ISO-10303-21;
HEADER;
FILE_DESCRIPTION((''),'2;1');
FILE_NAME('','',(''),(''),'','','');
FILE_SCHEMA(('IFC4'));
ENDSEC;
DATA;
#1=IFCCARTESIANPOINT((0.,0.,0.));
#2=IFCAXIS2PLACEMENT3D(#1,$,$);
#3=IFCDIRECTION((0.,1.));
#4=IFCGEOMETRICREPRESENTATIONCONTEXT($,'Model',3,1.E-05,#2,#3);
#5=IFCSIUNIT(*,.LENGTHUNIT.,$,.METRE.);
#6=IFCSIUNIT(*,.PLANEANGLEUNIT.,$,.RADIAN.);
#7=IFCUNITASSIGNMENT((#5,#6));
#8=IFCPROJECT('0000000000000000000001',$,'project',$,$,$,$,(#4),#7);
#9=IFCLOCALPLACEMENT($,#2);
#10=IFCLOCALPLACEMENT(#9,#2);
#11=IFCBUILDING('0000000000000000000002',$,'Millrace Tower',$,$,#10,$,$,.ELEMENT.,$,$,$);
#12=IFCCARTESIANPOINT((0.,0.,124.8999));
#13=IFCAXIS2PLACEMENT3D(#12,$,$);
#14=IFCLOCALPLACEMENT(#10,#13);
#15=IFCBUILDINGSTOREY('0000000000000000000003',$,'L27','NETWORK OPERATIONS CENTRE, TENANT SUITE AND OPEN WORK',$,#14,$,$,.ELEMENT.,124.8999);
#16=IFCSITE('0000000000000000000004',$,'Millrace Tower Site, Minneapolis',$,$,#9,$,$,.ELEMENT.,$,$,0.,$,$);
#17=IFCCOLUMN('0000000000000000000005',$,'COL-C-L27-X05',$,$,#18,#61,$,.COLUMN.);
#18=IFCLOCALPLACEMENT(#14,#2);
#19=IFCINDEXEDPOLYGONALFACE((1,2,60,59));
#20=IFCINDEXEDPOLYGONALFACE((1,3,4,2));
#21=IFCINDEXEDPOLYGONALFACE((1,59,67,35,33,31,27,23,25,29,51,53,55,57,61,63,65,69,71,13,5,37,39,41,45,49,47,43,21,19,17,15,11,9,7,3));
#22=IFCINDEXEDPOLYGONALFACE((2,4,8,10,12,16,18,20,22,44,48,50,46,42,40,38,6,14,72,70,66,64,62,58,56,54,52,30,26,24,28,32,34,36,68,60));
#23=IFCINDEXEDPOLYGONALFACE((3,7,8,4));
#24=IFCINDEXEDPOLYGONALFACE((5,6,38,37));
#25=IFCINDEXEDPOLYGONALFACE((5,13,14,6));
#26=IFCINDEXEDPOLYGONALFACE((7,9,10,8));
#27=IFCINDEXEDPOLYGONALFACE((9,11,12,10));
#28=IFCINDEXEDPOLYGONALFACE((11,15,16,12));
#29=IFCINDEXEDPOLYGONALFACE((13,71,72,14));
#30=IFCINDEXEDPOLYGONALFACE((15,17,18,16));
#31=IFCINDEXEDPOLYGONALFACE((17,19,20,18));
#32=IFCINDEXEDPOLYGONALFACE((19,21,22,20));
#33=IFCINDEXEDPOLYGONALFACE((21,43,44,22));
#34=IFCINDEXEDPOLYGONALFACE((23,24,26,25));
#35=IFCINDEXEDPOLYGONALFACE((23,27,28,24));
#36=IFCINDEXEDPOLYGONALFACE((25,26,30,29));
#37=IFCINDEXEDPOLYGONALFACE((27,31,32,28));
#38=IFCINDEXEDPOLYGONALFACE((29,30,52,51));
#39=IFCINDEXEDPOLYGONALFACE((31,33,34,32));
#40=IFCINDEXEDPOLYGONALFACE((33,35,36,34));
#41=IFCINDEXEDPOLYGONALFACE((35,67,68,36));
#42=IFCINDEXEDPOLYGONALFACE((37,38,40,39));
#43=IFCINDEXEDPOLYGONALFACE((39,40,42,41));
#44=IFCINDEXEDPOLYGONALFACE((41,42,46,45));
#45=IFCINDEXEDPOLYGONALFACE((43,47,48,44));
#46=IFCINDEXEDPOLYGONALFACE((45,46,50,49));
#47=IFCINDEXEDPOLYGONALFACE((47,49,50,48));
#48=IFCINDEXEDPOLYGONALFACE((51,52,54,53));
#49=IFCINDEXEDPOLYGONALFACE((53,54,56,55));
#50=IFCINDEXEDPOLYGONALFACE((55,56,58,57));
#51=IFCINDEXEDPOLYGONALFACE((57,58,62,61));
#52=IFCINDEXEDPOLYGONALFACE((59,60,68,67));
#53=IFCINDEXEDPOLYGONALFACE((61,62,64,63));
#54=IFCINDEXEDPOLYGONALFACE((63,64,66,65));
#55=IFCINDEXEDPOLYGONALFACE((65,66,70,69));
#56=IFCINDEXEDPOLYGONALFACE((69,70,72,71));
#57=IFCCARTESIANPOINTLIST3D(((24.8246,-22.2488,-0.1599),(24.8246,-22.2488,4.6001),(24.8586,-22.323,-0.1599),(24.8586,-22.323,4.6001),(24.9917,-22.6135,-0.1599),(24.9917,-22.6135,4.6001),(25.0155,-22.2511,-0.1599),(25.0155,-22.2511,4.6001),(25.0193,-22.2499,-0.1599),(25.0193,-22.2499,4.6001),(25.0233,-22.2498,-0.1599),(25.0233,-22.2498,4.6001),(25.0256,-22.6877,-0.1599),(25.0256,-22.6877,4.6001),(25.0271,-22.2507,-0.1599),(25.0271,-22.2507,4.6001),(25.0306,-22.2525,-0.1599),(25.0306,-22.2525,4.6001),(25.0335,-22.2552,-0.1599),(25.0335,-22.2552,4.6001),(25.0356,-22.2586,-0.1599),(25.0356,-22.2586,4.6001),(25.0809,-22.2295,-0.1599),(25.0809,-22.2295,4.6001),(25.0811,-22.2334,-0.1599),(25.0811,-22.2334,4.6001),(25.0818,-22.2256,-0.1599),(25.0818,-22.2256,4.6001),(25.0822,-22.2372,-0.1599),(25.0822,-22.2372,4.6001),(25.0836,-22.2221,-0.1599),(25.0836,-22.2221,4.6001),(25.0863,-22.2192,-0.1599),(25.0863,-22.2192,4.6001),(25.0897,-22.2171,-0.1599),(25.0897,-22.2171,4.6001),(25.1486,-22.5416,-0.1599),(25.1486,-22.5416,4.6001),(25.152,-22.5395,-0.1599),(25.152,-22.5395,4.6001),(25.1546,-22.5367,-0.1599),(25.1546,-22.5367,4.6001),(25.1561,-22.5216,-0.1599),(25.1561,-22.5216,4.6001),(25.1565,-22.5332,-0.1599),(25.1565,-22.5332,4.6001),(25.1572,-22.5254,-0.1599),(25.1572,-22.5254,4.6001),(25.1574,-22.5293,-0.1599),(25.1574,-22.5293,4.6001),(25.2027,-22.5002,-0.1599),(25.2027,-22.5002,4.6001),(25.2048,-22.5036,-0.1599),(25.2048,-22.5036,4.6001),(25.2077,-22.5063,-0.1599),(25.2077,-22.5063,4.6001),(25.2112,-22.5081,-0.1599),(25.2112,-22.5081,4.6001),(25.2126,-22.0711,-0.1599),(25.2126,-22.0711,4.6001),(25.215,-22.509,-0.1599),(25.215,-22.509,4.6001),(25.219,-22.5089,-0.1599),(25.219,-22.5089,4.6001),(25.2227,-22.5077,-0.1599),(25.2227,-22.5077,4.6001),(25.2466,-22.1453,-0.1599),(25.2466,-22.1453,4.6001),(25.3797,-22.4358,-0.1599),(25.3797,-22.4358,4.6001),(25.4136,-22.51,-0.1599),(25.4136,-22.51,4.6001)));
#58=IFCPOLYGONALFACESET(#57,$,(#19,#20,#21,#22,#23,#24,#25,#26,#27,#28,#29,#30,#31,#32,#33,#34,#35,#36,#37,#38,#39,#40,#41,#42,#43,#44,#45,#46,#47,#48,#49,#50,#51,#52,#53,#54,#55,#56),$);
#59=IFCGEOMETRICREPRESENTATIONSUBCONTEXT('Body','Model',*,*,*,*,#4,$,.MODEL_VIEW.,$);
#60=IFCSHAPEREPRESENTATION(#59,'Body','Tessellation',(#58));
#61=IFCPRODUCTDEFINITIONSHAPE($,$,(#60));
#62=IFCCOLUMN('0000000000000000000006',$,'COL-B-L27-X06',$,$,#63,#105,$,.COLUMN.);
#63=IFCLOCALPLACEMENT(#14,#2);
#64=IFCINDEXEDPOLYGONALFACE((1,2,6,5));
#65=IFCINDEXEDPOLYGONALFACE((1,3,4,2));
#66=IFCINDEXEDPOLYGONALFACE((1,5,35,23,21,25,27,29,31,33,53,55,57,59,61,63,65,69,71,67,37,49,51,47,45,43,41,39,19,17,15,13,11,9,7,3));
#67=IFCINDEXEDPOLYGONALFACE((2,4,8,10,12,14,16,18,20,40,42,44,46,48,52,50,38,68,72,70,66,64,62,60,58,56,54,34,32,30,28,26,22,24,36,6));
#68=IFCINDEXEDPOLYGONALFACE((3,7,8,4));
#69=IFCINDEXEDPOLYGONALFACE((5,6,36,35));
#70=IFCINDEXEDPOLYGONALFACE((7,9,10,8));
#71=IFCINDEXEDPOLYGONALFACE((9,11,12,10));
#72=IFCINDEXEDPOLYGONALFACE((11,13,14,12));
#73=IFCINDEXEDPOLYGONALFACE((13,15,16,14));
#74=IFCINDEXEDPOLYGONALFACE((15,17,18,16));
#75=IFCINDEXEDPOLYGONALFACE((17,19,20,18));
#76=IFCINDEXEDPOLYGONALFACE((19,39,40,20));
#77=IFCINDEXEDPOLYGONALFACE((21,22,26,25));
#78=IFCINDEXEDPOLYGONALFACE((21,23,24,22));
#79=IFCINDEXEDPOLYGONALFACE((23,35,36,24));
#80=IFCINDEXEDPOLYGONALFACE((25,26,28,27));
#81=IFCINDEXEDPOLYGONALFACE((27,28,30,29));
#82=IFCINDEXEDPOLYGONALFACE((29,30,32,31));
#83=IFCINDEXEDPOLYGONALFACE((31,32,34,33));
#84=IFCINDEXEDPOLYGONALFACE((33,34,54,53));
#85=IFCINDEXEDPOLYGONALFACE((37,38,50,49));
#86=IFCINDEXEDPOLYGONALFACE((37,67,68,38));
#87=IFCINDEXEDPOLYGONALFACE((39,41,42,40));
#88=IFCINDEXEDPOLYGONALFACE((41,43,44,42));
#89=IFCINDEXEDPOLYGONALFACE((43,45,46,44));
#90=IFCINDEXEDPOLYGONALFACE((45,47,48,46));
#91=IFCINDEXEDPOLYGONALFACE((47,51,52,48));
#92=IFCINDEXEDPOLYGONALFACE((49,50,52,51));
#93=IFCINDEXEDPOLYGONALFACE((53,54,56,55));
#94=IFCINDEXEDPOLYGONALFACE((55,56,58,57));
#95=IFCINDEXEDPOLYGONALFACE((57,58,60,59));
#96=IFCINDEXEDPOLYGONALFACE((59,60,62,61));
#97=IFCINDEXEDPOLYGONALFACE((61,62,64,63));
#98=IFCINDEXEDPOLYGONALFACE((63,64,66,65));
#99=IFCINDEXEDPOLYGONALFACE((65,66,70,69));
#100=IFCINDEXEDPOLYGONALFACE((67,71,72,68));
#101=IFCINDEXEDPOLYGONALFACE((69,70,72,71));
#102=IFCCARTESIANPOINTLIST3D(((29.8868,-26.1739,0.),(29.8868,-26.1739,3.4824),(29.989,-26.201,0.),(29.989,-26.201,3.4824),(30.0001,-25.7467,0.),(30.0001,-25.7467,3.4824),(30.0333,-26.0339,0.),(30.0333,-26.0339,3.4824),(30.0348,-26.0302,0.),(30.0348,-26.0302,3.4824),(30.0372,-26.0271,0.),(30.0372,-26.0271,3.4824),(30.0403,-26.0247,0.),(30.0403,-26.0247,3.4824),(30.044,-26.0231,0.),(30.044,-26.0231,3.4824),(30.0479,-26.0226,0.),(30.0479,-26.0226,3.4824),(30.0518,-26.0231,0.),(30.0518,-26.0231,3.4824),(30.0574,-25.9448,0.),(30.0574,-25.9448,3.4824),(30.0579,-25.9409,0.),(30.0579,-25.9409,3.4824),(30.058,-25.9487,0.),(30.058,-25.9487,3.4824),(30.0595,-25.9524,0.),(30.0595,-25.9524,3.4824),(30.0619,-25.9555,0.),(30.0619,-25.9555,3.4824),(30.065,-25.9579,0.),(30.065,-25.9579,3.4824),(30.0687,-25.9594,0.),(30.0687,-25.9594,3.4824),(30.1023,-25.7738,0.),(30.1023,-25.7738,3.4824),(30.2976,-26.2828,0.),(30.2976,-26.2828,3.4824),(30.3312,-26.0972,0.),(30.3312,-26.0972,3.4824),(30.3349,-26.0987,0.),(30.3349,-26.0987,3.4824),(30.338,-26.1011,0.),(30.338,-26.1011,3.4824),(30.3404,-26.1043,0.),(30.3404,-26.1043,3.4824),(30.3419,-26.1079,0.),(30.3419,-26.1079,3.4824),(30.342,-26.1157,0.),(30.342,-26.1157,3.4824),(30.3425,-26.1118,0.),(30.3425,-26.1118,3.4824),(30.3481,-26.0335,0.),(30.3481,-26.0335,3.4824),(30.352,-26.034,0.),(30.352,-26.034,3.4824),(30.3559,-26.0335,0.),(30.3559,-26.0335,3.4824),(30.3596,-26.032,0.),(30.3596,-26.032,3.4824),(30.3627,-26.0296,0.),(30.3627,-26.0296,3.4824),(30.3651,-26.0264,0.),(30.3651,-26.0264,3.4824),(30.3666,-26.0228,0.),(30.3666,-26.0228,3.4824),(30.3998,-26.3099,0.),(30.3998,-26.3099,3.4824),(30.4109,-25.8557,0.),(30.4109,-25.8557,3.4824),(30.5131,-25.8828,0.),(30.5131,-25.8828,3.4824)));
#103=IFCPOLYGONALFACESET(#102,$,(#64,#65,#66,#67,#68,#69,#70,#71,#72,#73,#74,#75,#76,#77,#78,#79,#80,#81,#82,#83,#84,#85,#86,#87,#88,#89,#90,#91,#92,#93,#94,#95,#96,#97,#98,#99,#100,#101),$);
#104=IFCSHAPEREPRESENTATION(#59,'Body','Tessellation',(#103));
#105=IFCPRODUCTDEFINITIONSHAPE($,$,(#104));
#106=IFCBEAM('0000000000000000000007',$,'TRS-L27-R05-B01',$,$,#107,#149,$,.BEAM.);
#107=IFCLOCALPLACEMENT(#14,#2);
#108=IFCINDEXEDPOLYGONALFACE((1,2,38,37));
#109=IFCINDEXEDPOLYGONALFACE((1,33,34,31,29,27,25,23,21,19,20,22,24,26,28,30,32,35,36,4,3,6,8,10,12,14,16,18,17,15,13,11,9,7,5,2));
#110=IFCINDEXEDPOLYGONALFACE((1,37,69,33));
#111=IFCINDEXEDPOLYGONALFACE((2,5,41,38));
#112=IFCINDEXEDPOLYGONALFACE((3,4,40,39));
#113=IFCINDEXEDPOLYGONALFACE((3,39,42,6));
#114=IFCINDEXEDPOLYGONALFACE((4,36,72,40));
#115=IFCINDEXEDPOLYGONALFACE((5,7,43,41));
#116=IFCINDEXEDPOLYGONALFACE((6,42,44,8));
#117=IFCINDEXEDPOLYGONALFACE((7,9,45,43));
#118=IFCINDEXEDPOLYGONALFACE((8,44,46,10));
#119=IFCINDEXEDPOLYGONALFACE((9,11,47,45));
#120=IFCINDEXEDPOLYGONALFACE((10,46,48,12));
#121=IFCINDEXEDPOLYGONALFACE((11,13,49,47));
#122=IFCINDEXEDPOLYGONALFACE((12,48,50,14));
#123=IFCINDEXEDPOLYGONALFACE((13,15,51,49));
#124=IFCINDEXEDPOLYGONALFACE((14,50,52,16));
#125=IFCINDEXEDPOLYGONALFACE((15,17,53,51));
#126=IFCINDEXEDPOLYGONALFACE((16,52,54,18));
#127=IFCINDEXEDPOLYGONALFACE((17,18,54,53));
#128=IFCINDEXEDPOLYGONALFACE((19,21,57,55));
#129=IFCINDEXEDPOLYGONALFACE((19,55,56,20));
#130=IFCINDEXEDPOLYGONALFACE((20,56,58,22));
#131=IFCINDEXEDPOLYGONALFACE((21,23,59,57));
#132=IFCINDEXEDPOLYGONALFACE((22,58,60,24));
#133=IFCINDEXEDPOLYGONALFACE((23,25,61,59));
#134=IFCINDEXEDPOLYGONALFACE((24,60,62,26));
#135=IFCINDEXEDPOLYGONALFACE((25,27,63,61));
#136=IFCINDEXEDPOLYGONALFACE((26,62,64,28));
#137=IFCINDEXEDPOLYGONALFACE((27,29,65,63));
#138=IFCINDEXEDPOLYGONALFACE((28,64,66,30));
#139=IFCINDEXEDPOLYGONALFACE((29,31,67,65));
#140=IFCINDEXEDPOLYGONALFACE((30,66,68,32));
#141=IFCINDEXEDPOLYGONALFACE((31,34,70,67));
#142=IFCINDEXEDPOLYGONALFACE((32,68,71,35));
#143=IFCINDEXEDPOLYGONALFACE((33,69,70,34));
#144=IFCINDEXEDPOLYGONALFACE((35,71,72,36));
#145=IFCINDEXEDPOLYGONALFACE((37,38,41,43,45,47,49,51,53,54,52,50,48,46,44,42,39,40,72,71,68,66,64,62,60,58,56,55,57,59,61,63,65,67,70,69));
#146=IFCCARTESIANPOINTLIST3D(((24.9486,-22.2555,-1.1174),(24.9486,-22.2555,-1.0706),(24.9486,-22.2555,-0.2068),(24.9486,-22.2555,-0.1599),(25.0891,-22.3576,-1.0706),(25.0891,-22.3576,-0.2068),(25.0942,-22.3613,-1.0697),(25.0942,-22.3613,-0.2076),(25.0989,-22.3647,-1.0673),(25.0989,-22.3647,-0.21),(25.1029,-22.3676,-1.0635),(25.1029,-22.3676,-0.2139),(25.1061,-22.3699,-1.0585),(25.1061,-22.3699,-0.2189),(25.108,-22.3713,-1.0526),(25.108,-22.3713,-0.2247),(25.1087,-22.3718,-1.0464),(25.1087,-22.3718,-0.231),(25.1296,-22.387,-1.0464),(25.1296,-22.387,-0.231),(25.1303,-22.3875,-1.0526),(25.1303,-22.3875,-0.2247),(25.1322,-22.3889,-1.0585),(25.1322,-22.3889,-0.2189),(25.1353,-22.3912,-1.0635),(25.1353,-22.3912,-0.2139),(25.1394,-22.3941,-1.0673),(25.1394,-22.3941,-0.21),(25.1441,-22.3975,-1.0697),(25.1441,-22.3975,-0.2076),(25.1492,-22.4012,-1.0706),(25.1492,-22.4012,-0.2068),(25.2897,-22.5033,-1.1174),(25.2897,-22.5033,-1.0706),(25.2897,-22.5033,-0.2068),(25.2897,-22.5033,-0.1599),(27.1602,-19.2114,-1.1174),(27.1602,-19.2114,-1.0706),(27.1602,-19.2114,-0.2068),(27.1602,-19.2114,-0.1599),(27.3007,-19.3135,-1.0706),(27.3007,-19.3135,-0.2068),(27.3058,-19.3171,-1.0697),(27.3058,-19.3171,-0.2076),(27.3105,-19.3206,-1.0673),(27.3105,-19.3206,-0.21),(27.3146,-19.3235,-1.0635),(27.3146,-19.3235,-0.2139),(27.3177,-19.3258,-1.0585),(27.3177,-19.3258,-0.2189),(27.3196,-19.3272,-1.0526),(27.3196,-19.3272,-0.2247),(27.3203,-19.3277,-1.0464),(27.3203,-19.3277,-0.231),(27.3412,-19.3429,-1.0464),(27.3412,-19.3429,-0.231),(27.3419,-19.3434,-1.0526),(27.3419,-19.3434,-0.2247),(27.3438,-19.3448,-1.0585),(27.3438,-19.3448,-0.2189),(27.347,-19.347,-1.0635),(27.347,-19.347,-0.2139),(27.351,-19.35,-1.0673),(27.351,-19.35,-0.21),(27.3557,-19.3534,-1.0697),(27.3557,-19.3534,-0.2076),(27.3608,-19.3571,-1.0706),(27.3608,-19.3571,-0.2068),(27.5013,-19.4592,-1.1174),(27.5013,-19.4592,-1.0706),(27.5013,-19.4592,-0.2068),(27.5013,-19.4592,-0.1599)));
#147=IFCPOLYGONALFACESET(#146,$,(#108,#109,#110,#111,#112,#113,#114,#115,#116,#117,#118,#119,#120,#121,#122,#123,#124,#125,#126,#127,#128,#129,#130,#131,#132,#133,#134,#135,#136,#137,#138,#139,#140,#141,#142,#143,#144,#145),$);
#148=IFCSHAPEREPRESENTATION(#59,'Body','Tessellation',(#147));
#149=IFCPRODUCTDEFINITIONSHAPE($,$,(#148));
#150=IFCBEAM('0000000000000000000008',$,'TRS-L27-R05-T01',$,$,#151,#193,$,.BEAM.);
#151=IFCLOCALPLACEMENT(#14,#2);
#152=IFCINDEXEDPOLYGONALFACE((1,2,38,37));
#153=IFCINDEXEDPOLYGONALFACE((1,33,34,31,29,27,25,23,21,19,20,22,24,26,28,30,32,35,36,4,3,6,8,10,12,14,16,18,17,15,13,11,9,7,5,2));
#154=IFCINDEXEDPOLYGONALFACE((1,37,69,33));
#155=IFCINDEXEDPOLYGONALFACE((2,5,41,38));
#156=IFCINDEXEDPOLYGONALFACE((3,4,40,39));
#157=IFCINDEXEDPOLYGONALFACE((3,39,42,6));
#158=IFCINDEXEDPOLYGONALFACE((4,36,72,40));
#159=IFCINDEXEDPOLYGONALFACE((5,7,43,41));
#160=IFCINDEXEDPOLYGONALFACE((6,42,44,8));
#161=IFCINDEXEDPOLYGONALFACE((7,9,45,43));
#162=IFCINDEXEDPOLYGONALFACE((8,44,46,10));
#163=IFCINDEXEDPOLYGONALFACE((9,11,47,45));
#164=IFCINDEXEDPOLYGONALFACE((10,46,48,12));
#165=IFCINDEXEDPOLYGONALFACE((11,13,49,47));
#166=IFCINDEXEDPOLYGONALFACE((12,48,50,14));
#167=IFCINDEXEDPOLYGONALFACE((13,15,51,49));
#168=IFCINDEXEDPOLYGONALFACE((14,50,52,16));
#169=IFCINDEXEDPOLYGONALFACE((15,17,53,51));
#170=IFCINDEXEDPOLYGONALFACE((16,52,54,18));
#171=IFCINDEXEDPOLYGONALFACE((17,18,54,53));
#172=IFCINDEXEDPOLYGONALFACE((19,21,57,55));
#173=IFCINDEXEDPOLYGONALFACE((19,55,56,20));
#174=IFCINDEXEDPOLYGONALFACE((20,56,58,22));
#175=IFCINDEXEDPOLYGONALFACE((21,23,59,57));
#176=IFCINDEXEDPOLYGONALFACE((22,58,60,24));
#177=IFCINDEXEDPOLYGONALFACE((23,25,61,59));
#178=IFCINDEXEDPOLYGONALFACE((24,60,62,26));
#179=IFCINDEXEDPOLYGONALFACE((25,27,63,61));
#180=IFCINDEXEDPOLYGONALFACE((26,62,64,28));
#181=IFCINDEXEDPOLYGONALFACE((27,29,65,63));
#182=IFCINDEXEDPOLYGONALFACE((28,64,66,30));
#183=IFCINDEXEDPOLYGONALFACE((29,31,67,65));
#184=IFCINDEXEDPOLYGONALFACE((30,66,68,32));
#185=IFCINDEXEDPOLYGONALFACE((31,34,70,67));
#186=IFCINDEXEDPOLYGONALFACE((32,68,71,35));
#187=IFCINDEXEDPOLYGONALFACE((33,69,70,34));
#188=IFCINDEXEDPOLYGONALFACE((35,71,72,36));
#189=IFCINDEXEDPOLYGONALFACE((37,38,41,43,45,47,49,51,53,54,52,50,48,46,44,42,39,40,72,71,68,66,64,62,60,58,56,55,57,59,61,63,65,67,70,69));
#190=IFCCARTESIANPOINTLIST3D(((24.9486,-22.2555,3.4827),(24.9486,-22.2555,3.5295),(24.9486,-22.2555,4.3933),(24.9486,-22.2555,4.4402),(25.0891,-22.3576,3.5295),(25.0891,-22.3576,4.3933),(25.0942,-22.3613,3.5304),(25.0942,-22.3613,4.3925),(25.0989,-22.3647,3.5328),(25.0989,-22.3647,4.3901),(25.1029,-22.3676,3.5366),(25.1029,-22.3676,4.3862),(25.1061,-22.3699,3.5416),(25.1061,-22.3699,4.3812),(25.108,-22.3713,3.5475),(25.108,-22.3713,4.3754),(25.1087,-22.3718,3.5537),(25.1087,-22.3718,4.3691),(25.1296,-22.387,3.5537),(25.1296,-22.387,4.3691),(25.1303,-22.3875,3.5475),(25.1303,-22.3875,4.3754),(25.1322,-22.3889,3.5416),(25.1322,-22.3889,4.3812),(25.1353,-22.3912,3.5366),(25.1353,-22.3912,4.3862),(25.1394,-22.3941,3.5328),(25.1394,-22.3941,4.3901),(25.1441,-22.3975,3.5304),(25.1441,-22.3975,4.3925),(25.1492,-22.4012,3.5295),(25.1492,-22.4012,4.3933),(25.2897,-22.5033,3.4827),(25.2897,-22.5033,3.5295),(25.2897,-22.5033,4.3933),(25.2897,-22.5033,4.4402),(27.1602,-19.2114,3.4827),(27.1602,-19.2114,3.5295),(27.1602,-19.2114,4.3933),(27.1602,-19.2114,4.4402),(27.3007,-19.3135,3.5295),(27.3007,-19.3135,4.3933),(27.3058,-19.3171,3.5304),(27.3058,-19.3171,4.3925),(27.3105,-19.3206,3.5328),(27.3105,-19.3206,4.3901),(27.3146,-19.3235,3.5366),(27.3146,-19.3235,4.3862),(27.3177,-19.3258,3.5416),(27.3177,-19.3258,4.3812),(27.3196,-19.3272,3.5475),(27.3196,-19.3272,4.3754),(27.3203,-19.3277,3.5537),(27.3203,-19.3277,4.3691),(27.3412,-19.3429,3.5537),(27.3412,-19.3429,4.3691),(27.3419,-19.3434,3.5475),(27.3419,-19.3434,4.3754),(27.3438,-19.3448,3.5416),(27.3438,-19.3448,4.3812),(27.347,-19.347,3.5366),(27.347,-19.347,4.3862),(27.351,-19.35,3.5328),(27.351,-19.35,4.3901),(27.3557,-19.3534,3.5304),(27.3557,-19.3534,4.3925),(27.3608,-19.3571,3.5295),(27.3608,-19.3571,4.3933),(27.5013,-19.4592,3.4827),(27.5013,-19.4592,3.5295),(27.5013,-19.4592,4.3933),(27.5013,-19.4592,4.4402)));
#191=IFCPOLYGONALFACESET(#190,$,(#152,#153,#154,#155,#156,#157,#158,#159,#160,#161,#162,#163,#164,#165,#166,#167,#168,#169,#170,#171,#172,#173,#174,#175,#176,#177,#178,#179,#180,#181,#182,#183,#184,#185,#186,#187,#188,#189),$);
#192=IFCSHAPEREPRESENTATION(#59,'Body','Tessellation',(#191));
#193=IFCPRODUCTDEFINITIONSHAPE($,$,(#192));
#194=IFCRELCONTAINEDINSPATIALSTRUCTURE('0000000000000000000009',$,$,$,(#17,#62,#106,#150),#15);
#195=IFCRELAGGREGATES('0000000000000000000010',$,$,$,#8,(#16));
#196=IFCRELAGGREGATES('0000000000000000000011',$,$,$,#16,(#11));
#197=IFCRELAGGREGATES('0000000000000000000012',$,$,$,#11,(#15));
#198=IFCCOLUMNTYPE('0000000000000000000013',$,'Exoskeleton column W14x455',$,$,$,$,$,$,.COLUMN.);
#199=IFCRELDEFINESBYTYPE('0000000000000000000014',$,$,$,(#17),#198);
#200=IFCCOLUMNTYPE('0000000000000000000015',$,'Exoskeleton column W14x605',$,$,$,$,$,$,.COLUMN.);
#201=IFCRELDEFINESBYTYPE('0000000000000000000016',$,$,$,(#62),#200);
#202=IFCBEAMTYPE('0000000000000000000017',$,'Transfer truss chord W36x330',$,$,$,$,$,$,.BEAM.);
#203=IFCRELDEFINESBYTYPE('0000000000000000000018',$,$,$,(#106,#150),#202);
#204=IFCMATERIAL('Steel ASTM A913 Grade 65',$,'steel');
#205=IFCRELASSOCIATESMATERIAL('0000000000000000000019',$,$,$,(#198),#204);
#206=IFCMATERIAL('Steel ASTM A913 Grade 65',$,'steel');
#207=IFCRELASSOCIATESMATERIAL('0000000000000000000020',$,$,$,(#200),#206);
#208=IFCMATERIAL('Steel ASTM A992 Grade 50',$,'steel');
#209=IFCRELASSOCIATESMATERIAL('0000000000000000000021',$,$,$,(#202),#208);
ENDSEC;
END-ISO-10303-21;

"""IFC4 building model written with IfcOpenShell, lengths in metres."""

from ifc_helpers import new_model, si_unit, direction, frame, origin, origin_2d, place, context, subcontext, project, spatial, i_section, extrude, material, material_profile, profile_set, type_object, element, save


model = new_model("IFC4")

# Units and contexts
model_context = context("Model", 3, precision=1e-05, world=origin(), true_north=direction((0.0, 1.0)))
body_context = subcontext(model_context, "Body", "Model", "MODEL_VIEW")
ifc_project = project(units=[si_unit("LENGTHUNIT", "METRE"), si_unit("PLANEANGLEUNIT", "RADIAN")], contexts=[model_context])

# Site, building, storey
site_placement = place(None, origin())
site = spatial("IfcSite", under=ifc_project, at=site_placement, Name="Millrace Tower Site, Minneapolis", CompositionType="ELEMENT", RefElevation=0.0)
building_placement = place(site_placement, origin())
building = spatial("IfcBuilding", under=site, at=building_placement, Name="Millrace Tower", CompositionType="ELEMENT")
storey_placement = place(building_placement, frame((0.0, 0.0, 124.8999)))
storey = spatial("IfcBuildingStorey", under=building, at=storey_placement, Name="L27", Description="NETWORK OPERATIONS CENTRE, TENANT SUITE AND OPEN WORK", CompositionType="ELEMENT", Elevation=124.8999)

# Columns
ifc_material_1 = material(Name="Steel ASTM A913 Grade 65", Category="steel")
ifc_material_profile_1 = material_profile(ifc_material_1, i_section(OverallWidth=0.4268, OverallDepth=0.4827, WebThickness=0.0513, FlangeThickness=0.0815, FilletRadius=0.0151, at=origin_2d()))
ifc_profile_set_1 = profile_set([ifc_material_profile_1], Name="Steel ASTM A913 Grade 65")
column_type_1 = type_object("IfcColumnType", Name="Exoskeleton column W14x455", PredefinedType="COLUMN", material=ifc_profile_set_1)
column_1_placement = place(storey_placement, frame((25.1191, -22.3794, -0.1599), z_axis=(0.0, 0.0, 1.0), x_axis=(0.909181, 0.416401, 0.0)))
element("IfcColumn", 1, at=column_1_placement, inside=storey, type_object=column_type_1, Name="COL-C-L27-X05", PredefinedType="COLUMN", context=body_context, shape_type="SweptSolid", body=[
    extrude(i_section(OverallWidth=0.4268, OverallDepth=0.4827, WebThickness=0.0513, FlangeThickness=0.0815, FilletRadius=0.0151, at=origin_2d()), origin(), (0.0, 0.0, 1.0), 4.76),
])
ifc_material_2 = material(Name="Steel ASTM A913 Grade 65", Category="steel")
ifc_material_profile_2 = material_profile(ifc_material_2, i_section(OverallWidth=0.4419, OverallDepth=0.5308, WebThickness=0.0659, FlangeThickness=0.1057, FilletRadius=0.0151, at=origin_2d()))
ifc_profile_set_2 = profile_set([ifc_material_profile_2], Name="Steel ASTM A913 Grade 65")
column_type_2 = type_object("IfcColumnType", Name="Exoskeleton column W14x605", PredefinedType="COLUMN", material=ifc_profile_set_2)
column_2_placement = place(storey_placement, frame((30.2, -26.0283, 0.0), z_axis=(0.0, 0.0, 1.0), x_axis=(0.256347, 0.966585, 0.0)))
element("IfcColumn", 2, at=column_2_placement, inside=storey, type_object=column_type_2, Name="COL-B-L27-X06", PredefinedType="COLUMN", context=body_context, shape_type="SweptSolid", body=[
    extrude(i_section(OverallWidth=0.4419, OverallDepth=0.5308, WebThickness=0.0659, FlangeThickness=0.1057, FilletRadius=0.0151, at=origin_2d()), origin(), (0.0, 0.0, 1.0), 3.4824),
])

# Beams
ifc_material_3 = material(Name="Steel ASTM A992 Grade 50", Category="steel")
ifc_material_profile_3 = material_profile(ifc_material_3, i_section(OverallWidth=0.4216, OverallDepth=0.9575, WebThickness=0.0259, FlangeThickness=0.0469, FilletRadius=0.0242, at=origin_2d()))
ifc_profile_set_3 = profile_set([ifc_material_profile_3], Name="Steel ASTM A992 Grade 50")
beam_type = type_object("IfcBeamType", Name="Transfer truss chord W36x330", PredefinedType="BEAM", material=ifc_profile_set_3)
for number, where, z_axis, x_axis, name in (
    (3, (25.1191, -22.3794, -0.6387), (0.587774, 0.809025, 0.0), (-0.809025, 0.587774, 0.0), "TRS-L27-R05-B01"),
    (4, (25.1191, -22.3794, 3.9614), (0.587774, 0.809025, 0.0), (-0.809025, 0.587774, 0.0), "TRS-L27-R05-T01"),
):
    element("IfcBeam", number, at=place(storey_placement, frame(where, z_axis=z_axis, x_axis=x_axis)), inside=storey, type_object=beam_type, Name=name, PredefinedType="BEAM", context=body_context, shape_type="SweptSolid", body=[
        extrude(i_section(OverallWidth=0.4216, OverallDepth=0.9575, WebThickness=0.0259, FlangeThickness=0.0469, FilletRadius=0.0242, at=origin_2d()), origin(), (0.0, 0.0, 1.0), 3.7627),
    ])

save(model, "model.ifc")
